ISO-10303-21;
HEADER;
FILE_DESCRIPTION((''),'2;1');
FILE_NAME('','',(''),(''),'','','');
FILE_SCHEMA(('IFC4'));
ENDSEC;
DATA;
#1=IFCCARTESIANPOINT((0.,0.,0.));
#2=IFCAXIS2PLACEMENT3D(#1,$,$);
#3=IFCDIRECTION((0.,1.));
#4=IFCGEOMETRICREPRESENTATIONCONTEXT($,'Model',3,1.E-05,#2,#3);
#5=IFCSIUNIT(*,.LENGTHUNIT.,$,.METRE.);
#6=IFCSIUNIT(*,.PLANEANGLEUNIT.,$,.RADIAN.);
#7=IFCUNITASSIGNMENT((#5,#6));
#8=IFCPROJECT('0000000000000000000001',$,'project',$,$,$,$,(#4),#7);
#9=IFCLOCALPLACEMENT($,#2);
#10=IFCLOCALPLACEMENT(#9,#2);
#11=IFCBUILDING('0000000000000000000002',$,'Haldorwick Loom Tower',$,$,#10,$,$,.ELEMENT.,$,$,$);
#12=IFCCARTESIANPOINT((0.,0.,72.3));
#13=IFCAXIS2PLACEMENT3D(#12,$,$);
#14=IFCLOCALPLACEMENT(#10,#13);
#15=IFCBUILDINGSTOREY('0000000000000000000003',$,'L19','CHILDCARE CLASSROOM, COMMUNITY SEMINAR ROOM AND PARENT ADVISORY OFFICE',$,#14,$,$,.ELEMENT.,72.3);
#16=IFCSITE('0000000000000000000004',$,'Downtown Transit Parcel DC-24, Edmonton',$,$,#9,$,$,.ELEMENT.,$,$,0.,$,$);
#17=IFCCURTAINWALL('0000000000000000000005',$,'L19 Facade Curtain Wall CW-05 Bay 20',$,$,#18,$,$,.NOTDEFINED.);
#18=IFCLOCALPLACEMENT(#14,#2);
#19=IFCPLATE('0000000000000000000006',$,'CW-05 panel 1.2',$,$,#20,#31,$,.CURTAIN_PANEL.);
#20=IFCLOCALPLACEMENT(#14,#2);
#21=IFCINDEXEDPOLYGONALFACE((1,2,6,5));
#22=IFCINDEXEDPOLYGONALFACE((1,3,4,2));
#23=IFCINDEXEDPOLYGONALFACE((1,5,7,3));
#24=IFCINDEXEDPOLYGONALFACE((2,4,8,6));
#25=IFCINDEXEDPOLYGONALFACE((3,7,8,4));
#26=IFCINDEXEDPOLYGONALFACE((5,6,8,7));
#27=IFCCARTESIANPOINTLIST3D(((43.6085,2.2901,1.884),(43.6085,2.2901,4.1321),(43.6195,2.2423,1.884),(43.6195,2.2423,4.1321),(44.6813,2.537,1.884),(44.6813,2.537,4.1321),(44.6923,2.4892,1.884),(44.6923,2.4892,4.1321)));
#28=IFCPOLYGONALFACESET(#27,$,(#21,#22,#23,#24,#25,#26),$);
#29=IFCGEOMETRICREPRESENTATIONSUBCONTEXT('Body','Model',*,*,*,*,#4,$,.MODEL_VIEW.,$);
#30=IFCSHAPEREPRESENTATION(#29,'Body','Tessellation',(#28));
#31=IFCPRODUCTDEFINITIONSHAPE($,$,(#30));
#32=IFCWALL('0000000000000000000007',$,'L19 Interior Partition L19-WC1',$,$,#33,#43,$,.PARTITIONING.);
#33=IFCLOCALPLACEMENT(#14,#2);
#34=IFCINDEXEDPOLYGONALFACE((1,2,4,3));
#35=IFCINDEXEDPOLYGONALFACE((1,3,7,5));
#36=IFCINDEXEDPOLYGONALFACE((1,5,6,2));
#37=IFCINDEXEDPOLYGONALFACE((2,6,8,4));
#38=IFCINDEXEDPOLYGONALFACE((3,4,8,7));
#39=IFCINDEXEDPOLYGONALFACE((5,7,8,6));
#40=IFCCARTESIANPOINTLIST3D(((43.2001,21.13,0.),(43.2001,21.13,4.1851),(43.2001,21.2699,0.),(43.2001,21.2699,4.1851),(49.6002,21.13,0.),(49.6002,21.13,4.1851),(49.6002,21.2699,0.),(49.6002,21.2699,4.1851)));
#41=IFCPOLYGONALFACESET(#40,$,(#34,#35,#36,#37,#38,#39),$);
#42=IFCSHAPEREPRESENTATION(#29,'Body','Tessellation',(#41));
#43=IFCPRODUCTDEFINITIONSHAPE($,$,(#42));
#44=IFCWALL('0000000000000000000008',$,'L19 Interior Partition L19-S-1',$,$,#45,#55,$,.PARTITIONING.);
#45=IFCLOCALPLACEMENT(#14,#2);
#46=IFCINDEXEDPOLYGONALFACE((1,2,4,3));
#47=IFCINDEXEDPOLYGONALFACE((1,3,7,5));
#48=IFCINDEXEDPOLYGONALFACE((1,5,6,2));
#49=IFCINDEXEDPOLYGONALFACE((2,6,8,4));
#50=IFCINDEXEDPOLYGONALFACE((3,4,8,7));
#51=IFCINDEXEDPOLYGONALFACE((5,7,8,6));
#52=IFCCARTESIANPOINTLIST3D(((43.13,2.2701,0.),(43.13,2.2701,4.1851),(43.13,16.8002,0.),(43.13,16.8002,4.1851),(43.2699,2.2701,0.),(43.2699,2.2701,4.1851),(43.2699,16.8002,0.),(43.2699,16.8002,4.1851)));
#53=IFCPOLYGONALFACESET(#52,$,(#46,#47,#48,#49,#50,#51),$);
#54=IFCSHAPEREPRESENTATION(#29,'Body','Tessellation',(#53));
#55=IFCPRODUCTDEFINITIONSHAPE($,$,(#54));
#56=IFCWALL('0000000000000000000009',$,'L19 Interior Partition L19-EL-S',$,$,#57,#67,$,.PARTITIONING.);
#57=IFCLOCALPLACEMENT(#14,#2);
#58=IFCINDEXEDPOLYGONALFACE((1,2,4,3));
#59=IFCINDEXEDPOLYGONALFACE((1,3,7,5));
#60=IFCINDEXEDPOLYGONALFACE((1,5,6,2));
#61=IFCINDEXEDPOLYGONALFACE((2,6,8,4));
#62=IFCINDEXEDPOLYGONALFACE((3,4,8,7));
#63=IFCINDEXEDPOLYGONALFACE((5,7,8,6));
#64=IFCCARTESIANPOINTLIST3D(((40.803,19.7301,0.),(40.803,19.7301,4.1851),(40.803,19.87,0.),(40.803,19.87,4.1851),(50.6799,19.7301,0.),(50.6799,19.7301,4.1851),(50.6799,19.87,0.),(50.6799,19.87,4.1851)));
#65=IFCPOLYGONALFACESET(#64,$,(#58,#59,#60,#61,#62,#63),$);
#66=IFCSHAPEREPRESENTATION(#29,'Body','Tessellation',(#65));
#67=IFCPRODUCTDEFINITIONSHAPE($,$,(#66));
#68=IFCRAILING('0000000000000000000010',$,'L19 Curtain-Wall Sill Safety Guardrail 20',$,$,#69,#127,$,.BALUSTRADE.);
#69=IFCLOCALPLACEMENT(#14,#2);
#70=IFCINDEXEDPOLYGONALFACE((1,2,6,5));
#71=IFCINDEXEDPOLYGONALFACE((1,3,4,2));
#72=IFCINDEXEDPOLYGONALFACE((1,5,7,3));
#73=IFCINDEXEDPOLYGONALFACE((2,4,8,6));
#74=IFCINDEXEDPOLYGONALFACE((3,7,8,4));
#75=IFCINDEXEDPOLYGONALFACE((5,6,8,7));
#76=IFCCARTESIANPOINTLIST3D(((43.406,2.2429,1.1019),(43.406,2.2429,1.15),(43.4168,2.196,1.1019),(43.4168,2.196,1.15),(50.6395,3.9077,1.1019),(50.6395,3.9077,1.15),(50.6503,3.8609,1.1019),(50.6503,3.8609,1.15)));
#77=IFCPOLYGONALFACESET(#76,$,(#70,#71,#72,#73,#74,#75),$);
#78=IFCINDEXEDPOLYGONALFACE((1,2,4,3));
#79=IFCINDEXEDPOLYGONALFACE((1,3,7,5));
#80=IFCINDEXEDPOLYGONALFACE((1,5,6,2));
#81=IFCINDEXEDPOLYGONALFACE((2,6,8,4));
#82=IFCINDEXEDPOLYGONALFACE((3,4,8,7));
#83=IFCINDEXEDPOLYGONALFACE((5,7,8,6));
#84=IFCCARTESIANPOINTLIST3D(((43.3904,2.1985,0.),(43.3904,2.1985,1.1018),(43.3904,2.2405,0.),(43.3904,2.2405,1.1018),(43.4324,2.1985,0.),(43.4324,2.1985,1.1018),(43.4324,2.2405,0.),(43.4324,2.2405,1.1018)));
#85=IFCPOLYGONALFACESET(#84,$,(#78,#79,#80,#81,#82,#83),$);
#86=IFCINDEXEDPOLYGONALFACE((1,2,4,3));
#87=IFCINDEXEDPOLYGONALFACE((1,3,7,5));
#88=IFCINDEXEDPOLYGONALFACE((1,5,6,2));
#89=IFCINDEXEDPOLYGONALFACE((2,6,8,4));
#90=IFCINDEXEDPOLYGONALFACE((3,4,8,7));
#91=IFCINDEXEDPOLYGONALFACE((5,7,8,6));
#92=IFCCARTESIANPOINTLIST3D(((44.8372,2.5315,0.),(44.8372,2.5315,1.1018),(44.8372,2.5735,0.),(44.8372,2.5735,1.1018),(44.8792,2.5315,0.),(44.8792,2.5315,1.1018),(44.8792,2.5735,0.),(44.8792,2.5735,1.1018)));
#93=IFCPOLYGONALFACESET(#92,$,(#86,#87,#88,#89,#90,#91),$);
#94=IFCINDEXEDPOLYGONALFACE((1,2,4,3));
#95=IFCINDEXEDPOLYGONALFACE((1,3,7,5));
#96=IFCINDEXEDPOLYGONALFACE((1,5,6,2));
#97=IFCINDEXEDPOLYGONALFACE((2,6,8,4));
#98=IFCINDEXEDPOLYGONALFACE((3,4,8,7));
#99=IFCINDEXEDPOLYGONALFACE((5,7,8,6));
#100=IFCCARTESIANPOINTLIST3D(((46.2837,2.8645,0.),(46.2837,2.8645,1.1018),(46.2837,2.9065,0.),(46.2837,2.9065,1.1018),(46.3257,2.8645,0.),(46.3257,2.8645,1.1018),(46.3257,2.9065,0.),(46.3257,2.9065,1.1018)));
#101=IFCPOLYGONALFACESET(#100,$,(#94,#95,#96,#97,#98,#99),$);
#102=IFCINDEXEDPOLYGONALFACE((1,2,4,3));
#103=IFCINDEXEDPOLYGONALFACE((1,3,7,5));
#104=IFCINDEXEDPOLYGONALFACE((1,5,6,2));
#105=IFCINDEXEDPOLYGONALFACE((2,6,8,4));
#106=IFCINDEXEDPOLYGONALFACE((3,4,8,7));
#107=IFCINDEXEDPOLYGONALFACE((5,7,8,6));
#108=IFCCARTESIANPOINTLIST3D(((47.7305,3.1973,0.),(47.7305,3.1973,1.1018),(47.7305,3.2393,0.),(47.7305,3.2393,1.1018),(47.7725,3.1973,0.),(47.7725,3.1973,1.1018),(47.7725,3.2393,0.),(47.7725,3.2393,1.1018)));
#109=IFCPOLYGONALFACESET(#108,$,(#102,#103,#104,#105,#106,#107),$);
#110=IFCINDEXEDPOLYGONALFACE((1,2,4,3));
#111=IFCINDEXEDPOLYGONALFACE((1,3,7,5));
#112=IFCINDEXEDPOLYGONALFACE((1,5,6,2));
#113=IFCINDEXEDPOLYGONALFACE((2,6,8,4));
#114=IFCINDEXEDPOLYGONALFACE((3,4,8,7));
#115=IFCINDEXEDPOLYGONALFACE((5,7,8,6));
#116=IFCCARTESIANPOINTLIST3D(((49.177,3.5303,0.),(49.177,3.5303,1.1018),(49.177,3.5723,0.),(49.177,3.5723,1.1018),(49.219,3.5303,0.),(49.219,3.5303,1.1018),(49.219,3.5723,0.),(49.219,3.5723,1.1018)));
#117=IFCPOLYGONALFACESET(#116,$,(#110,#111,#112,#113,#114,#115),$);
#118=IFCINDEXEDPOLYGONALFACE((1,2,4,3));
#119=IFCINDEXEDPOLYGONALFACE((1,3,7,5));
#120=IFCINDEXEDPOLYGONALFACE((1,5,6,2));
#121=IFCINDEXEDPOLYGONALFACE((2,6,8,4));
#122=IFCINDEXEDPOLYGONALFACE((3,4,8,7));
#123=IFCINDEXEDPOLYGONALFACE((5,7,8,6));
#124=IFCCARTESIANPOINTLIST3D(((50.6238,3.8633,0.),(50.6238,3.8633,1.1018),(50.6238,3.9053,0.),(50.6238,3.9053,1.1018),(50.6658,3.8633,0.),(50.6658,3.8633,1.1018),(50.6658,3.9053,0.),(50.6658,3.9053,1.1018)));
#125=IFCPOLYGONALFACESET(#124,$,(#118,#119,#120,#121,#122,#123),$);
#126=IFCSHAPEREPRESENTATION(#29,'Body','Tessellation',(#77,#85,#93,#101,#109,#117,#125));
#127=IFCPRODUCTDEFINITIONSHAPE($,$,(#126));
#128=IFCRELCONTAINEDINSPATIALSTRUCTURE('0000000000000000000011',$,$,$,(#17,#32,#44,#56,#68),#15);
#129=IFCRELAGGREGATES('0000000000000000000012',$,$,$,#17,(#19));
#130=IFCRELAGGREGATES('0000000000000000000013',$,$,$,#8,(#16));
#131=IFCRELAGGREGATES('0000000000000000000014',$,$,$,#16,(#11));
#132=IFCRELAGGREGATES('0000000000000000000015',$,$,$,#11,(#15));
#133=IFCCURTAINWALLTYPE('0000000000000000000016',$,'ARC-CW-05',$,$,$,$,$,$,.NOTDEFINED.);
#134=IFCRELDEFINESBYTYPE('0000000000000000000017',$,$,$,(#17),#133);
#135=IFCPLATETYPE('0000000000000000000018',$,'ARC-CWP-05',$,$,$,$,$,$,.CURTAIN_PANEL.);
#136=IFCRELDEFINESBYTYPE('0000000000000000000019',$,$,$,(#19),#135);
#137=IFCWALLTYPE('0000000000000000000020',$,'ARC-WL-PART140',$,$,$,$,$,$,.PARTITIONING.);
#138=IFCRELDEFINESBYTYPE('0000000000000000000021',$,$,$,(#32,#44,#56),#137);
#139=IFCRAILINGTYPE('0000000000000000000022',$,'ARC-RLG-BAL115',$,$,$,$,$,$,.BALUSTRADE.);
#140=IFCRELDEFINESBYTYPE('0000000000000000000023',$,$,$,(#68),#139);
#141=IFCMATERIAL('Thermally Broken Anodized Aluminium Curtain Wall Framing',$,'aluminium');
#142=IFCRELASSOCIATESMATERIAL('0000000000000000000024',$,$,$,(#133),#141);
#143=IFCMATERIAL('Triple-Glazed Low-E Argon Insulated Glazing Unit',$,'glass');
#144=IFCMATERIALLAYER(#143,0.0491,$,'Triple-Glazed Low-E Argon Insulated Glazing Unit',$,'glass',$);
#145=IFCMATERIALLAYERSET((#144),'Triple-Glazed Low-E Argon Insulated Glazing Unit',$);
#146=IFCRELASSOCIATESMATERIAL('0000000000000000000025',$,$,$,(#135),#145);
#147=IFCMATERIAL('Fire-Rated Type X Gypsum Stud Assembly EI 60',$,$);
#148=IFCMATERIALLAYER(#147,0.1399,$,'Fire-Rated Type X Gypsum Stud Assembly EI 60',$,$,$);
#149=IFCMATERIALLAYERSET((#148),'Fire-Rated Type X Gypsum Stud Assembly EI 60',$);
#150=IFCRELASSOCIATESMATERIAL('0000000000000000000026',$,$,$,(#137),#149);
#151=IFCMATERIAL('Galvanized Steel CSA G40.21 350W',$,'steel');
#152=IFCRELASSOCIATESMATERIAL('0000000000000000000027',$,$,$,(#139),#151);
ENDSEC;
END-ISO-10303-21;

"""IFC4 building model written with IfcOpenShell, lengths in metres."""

from ifc_helpers import new_model, si_unit, direction, frame, frame_2d, origin, origin_2d, place, context, subcontext, project, spatial, rectangle, extrude, material, layer, layer_set, type_object, element, aggregate, save


model = new_model("IFC4")

# Units and contexts
model_context = context("Model", 3, precision=1e-05, world=origin(), true_north=direction((0.0, 1.0)))
body_context = subcontext(model_context, "Body", "Model", "MODEL_VIEW")
ifc_project = project(units=[si_unit("LENGTHUNIT", "METRE"), si_unit("PLANEANGLEUNIT", "RADIAN")], contexts=[model_context])

# Site, building, storey
site_placement = place(None, origin())
site = spatial("IfcSite", under=ifc_project, at=site_placement, Name="Downtown Transit Parcel DC-24, Edmonton", CompositionType="ELEMENT", RefElevation=0.0)
building_placement = place(site_placement, origin())
building = spatial("IfcBuilding", under=site, at=building_placement, Name="Haldorwick Loom Tower", CompositionType="ELEMENT")
storey_placement = place(building_placement, frame((0.0, 0.0, 72.3)))
storey = spatial("IfcBuildingStorey", under=building, at=storey_placement, Name="L19", Description="CHILDCARE CLASSROOM, COMMUNITY SEMINAR ROOM AND PARENT ADVISORY OFFICE", CompositionType="ELEMENT", Elevation=72.3)

# Curtain wall
ifc_material_1 = material(Name="Thermally Broken Anodized Aluminium Curtain Wall Framing", Category="aluminium")
curtain_wall_type = type_object("IfcCurtainWallType", Name="ARC-CW-05", PredefinedType="NOTDEFINED", material=ifc_material_1)
curtain_wall_1_placement = place(storey_placement, origin())
curtain_wall_1 = element("IfcCurtainWall", 1, at=curtain_wall_1_placement, inside=storey, type_object=curtain_wall_type, Name="L19 Facade Curtain Wall CW-05 Bay 20", PredefinedType="NOTDEFINED")

# Plate
ifc_material_2 = material(Name="Triple-Glazed Low-E Argon Insulated Glazing Unit", Category="glass")
ifc_layer_1 = layer(ifc_material_2, 0.0491, Name="Triple-Glazed Low-E Argon Insulated Glazing Unit", Category="glass")
ifc_layer_set_1 = layer_set([ifc_layer_1], Name="Triple-Glazed Low-E Argon Insulated Glazing Unit")
plate_type = type_object("IfcPlateType", Name="ARC-CWP-05", PredefinedType="CURTAIN_PANEL", material=ifc_layer_set_1)
plate_1_placement = place(storey_placement, frame((44.1504, 2.3896, 1.884), z_axis=(0.0, 0.0, 1.0), x_axis=(0.974523, 0.224289, 0.0)))
plate_1 = element("IfcPlate", 2, at=plate_1_placement, type_object=plate_type, Name="CW-05 panel 1.2", PredefinedType="CURTAIN_PANEL", context=body_context, shape_type="SweptSolid", body=[
    extrude(rectangle(XDim=1.1008, YDim=0.0491, at=origin_2d()), origin(), (0.0, 0.0, 1.0), 2.248),
])
aggregate(curtain_wall_1, [plate_1])

# Walls
ifc_material_3 = material(Name="Fire-Rated Type X Gypsum Stud Assembly EI 60")
ifc_layer_2 = layer(ifc_material_3, 0.1399, Name="Fire-Rated Type X Gypsum Stud Assembly EI 60")
ifc_layer_set_2 = layer_set([ifc_layer_2], Name="Fire-Rated Type X Gypsum Stud Assembly EI 60")
wall_type = type_object("IfcWallType", Name="ARC-WL-PART140", PredefinedType="PARTITIONING", material=ifc_layer_set_2)
wall_1_placement = place(storey_placement, frame((43.2, 21.2, 0.0), z_axis=(0.0, 0.0, 1.0), x_axis=(1.0, 0.0, 0.0)))
element("IfcWall", 3, at=wall_1_placement, inside=storey, type_object=wall_type, Name="L19 Interior Partition L19-WC1", PredefinedType="PARTITIONING", context=body_context, shape_type="SweptSolid", body=[
    extrude(rectangle(XDim=6.4001, YDim=0.1399, at=frame_2d((3.2002, 0.0))), origin(), (0.0, 0.0, 1.0), 4.1851),
])
wall_2_placement = place(storey_placement, frame((43.2, 2.27, 0.0), z_axis=(0.0, 0.0, 1.0), x_axis=(0.0, 1.0, 0.0)))
element("IfcWall", 4, at=wall_2_placement, inside=storey, type_object=wall_type, Name="L19 Interior Partition L19-S-1", PredefinedType="PARTITIONING", context=body_context, shape_type="SweptSolid", body=[
    extrude(rectangle(XDim=14.53, YDim=0.1399, at=frame_2d((7.2651, 0.0))), origin(), (0.0, 0.0, 1.0), 4.1851),
])
wall_3_placement = place(storey_placement, frame((40.803, 19.8, 0.0), z_axis=(0.0, 0.0, 1.0), x_axis=(1.0, 0.0, 0.0)))
element("IfcWall", 5, at=wall_3_placement, inside=storey, type_object=wall_type, Name="L19 Interior Partition L19-EL-S", PredefinedType="PARTITIONING", context=body_context, shape_type="SweptSolid", body=[
    extrude(rectangle(XDim=9.877, YDim=0.1399, at=frame_2d((4.9385, 0.0))), origin(), (0.0, 0.0, 1.0), 4.1851),
])

# Railing
ifc_material_4 = material(Name="Galvanized Steel CSA G40.21 350W", Category="steel")
railing_type = type_object("IfcRailingType", Name="ARC-RLG-BAL115", PredefinedType="BALUSTRADE", material=ifc_material_4)
railing_placement = place(storey_placement, frame((43.4114, 2.2195, 0.0)))
element("IfcRailing", 6, at=railing_placement, inside=storey, type_object=railing_type, Name="L19 Curtain-Wall Sill Safety Guardrail 20", PredefinedType="BALUSTRADE", context=body_context, shape_type="SweptSolid", body=[
    extrude(rectangle(XDim=0.0481, YDim=0.0481, at=origin_2d()), frame((0.0, 0.0, 1.126), z_axis=(0.974522, 0.22429, 0.0), x_axis=(-0.22429, 0.974522, 0.0)), (0.0, 0.0, 1.0), 7.4226),
    extrude(rectangle(XDim=0.042, YDim=0.042, at=origin_2d()), origin(), (0.0, 0.0, 1.0), 1.1018),
    extrude(rectangle(XDim=0.042, YDim=0.042, at=origin_2d()), frame((1.4468, 0.333, 0.0)), (0.0, 0.0, 1.0), 1.1018),
    extrude(rectangle(XDim=0.042, YDim=0.042, at=origin_2d()), frame((2.8933, 0.666, 0.0)), (0.0, 0.0, 1.0), 1.1018),
    extrude(rectangle(XDim=0.042, YDim=0.042, at=origin_2d()), frame((4.3401, 0.9988, 0.0)), (0.0, 0.0, 1.0), 1.1018),
    extrude(rectangle(XDim=0.042, YDim=0.042, at=origin_2d()), frame((5.7866, 1.3318, 0.0)), (0.0, 0.0, 1.0), 1.1018),
    extrude(rectangle(XDim=0.042, YDim=0.042, at=origin_2d()), frame((7.2334, 1.6648, 0.0)), (0.0, 0.0, 1.0), 1.1018),
])

save(model, "model.ifc")
